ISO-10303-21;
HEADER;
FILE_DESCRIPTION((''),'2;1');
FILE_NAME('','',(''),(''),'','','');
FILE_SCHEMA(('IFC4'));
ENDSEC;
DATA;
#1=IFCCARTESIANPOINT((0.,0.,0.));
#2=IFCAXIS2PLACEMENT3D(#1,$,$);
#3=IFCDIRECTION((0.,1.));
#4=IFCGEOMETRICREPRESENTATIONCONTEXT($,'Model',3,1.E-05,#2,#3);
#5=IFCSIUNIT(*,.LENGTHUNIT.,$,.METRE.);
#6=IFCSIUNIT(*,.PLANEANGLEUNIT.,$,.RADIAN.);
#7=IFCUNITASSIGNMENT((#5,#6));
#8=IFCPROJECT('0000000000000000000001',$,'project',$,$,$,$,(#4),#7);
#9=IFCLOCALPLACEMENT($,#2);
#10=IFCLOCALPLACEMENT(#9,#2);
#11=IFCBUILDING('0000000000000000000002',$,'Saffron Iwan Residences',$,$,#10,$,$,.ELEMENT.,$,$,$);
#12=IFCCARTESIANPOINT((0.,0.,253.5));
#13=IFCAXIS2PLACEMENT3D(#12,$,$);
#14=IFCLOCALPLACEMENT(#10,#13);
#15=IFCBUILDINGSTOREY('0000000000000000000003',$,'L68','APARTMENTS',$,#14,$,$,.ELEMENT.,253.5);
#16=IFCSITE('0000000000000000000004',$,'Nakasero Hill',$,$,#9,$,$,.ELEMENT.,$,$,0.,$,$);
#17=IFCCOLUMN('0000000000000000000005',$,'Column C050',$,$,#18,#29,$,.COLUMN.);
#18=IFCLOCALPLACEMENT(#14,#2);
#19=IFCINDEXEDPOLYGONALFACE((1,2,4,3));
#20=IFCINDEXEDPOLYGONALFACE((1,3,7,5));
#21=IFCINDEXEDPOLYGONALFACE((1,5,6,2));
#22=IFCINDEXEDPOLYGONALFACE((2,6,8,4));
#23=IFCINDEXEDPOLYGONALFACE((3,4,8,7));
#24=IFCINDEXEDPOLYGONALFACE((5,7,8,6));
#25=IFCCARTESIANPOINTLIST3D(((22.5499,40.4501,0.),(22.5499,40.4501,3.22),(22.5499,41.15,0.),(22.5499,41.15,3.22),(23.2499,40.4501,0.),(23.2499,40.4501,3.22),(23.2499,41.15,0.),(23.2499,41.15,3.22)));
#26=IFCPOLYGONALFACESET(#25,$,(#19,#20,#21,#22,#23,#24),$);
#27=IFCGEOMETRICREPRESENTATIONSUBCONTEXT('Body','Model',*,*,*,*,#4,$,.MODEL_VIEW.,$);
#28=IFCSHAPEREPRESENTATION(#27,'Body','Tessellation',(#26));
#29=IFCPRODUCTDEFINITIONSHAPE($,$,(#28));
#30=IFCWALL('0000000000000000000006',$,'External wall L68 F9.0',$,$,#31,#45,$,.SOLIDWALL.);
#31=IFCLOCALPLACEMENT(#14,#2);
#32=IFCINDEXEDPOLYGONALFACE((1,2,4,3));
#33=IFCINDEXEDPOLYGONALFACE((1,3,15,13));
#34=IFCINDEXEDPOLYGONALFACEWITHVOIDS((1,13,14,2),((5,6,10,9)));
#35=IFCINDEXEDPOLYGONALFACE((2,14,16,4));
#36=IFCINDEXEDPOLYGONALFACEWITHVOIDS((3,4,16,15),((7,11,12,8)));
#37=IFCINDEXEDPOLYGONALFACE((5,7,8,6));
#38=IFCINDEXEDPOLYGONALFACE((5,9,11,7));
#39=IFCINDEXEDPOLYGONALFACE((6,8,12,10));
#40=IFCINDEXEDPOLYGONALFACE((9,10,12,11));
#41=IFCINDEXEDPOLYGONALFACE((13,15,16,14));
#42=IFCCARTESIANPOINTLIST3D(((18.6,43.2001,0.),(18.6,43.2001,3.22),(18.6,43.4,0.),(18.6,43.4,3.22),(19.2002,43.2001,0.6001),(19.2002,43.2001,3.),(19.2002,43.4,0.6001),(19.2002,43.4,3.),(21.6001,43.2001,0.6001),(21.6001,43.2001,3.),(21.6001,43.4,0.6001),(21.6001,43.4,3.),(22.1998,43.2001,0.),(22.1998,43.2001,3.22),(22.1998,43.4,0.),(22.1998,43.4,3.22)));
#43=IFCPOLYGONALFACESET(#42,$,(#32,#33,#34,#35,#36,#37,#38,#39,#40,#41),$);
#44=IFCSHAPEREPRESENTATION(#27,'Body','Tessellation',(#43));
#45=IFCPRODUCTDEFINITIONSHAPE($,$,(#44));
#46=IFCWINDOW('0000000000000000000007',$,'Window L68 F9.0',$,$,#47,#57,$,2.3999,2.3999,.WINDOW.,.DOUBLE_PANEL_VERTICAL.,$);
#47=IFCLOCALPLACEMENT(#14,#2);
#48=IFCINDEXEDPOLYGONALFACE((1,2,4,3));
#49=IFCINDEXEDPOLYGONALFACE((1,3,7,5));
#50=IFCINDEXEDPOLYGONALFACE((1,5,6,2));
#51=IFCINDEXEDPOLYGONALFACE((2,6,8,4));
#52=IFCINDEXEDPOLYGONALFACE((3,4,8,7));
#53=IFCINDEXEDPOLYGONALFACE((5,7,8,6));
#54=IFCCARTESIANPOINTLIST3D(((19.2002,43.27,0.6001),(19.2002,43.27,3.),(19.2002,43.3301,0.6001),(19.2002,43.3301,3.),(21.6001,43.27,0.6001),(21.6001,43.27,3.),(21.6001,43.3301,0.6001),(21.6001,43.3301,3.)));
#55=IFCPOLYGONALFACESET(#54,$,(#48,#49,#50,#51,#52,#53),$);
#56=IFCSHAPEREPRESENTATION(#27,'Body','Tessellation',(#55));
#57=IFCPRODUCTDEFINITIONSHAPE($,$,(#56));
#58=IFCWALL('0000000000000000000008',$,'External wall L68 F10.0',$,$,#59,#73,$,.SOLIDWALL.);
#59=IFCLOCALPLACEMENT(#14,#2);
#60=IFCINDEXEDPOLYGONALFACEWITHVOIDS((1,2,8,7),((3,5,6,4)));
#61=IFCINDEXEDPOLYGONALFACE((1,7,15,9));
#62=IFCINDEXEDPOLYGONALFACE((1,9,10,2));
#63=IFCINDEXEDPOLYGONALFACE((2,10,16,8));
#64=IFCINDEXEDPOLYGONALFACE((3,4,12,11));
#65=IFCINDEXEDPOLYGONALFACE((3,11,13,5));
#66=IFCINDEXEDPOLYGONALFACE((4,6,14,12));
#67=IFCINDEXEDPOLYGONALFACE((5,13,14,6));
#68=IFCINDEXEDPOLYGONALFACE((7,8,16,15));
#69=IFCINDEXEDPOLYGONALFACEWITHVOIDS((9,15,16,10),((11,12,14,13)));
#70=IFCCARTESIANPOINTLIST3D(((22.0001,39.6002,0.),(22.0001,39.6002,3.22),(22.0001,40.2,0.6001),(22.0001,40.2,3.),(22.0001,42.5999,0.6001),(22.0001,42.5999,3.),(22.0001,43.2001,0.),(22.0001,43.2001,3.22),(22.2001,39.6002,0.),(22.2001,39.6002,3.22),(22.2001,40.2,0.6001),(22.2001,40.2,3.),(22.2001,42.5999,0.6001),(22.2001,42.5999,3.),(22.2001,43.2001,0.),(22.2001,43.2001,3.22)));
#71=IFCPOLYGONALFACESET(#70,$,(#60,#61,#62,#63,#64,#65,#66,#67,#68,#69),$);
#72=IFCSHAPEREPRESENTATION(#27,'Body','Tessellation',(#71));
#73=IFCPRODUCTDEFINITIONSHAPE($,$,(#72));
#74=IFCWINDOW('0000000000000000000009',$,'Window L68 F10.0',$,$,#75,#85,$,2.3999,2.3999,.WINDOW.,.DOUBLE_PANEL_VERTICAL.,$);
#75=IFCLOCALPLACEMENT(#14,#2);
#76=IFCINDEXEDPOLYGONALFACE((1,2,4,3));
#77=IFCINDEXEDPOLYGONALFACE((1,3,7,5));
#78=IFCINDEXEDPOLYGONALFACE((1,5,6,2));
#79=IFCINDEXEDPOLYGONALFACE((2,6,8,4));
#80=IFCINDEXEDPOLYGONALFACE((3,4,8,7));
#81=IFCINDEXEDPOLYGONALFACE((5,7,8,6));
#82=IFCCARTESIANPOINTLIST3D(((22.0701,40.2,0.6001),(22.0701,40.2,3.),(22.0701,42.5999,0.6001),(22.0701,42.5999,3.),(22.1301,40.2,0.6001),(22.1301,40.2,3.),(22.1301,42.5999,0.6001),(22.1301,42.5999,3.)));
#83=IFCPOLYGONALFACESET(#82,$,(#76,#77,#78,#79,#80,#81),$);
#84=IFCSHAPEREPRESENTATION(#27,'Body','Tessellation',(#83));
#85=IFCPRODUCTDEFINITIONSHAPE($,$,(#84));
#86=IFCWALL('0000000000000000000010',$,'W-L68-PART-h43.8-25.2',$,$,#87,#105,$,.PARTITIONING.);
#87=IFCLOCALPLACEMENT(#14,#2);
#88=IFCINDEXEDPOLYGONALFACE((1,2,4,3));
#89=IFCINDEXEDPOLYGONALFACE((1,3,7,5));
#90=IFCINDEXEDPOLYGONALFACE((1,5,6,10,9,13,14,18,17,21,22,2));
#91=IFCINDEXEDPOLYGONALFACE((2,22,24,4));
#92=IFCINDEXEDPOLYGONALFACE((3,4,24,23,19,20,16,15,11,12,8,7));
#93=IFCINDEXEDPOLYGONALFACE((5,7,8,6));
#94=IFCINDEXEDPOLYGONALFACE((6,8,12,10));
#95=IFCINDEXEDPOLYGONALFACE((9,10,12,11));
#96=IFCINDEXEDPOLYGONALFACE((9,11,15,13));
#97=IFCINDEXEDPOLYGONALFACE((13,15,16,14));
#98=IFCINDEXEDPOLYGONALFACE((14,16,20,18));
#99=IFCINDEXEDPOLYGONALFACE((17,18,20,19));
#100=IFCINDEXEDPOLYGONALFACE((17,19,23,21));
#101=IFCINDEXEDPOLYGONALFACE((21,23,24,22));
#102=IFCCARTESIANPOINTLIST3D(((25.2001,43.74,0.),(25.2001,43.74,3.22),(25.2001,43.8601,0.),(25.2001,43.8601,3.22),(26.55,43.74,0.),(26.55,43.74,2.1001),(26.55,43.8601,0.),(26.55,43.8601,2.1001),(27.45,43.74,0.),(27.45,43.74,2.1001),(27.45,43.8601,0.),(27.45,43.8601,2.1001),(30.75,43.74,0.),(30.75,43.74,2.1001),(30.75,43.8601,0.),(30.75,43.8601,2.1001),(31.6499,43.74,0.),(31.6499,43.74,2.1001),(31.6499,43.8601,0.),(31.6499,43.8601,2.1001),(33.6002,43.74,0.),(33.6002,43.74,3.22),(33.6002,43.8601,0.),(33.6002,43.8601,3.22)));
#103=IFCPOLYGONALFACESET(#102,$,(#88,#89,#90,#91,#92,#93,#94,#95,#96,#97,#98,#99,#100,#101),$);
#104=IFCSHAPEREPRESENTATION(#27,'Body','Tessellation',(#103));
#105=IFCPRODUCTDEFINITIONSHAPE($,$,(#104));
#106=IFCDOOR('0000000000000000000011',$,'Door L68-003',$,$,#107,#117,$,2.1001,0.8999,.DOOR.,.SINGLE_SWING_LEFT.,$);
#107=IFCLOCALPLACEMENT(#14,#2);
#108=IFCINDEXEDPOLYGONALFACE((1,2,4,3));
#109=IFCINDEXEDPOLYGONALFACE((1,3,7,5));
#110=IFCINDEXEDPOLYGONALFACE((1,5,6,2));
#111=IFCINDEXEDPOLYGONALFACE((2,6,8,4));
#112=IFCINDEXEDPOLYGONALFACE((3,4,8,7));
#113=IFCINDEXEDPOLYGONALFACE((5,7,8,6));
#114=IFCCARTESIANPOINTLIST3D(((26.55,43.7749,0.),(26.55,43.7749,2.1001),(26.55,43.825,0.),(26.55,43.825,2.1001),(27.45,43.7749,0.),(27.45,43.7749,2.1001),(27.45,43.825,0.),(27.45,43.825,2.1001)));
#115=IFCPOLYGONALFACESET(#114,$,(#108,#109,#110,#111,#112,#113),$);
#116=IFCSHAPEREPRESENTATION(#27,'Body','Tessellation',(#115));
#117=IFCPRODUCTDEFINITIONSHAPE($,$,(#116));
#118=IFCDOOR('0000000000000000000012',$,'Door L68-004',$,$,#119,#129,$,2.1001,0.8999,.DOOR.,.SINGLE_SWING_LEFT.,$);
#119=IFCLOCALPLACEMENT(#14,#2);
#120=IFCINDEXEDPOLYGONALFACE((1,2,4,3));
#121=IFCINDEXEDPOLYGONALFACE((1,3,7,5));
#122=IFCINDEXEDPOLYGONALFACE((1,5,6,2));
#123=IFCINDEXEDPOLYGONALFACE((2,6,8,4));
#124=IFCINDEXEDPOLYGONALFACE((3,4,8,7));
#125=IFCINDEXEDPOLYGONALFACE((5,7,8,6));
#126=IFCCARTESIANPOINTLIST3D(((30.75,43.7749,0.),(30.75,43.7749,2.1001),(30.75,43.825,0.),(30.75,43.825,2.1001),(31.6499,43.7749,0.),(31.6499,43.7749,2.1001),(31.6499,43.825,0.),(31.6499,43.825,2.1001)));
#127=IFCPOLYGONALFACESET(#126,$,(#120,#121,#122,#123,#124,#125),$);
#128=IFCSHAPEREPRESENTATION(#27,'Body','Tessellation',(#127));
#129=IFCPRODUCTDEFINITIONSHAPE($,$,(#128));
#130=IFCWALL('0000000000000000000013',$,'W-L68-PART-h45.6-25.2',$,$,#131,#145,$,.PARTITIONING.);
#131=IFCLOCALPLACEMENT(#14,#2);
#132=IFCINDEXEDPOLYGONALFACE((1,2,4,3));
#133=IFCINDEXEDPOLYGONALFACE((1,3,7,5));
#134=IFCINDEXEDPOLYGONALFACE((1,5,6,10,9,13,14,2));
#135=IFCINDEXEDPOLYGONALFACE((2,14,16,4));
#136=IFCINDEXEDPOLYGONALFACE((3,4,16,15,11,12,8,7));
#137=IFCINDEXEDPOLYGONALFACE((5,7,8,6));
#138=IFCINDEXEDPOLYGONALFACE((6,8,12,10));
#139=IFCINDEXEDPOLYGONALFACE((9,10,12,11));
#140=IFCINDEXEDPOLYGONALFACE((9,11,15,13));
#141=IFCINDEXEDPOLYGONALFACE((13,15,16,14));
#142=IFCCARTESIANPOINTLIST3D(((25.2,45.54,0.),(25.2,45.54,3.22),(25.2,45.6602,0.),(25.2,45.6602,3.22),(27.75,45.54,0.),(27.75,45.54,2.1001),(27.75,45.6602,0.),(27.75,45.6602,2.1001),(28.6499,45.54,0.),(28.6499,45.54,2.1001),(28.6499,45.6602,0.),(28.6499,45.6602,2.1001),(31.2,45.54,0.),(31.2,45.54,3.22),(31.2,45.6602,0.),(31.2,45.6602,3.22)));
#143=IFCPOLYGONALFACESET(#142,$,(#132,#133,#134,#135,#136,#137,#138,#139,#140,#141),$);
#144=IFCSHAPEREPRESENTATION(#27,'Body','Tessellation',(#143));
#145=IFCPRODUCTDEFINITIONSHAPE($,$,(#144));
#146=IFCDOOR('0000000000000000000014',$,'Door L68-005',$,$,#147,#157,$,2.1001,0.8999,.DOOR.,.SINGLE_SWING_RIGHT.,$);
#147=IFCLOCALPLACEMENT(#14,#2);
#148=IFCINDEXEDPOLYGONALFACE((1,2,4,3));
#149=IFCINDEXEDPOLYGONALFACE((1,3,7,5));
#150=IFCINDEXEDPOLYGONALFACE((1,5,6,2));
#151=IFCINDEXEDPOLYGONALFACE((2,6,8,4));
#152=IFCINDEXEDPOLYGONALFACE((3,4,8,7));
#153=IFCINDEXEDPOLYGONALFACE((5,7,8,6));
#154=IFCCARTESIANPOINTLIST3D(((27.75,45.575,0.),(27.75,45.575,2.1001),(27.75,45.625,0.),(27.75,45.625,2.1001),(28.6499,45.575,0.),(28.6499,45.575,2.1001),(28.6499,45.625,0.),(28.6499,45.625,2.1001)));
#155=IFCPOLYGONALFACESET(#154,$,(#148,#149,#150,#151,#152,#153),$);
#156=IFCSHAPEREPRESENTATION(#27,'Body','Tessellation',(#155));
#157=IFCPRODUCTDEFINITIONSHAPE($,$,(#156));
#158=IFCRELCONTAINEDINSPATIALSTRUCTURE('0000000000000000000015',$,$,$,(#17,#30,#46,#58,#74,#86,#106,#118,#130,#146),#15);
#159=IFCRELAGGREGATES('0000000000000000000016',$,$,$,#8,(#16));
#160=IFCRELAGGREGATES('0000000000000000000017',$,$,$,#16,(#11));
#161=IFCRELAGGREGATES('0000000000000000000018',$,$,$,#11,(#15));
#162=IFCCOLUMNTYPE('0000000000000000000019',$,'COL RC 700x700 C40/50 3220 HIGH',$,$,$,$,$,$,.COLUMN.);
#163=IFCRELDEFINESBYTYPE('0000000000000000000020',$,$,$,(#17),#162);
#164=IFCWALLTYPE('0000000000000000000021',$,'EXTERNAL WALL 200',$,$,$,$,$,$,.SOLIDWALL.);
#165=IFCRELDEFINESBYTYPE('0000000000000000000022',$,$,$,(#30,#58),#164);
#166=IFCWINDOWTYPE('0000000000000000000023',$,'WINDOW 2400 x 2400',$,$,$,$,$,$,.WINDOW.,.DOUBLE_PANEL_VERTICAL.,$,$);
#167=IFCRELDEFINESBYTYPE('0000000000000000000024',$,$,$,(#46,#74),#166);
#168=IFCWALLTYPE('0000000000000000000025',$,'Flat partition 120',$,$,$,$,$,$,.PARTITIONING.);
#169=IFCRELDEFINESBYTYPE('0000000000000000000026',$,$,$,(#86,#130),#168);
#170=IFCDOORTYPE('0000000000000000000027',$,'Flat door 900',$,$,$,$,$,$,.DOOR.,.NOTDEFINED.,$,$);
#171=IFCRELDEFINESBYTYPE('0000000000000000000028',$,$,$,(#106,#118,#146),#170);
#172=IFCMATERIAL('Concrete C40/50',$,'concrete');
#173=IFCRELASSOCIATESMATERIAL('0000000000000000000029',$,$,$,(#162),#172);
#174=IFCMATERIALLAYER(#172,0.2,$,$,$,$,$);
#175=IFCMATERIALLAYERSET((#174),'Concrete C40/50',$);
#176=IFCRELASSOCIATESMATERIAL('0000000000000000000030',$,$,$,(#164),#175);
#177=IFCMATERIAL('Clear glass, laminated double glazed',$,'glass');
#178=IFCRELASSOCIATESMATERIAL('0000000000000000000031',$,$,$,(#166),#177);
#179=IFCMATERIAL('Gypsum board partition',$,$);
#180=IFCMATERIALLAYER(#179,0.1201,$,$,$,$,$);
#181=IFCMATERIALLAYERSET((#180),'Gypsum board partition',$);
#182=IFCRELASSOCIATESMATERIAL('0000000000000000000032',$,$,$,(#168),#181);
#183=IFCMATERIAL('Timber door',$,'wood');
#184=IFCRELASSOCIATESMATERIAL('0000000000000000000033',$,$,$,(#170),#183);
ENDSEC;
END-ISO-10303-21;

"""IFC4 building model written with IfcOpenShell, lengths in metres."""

from ifc_helpers import new_model, si_unit, direction, frame, frame_2d, origin, origin_2d, place, context, subcontext, project, spatial, rectangle, extrude, source, transform, mapped, material, layer, layer_set, material_profile, profile_set, type_object, element, fill, save


model = new_model("IFC4")

# Units and contexts
model_context = context("Model", 3, precision=1e-05, world=origin(), true_north=direction((0.0, 1.0)))
body_context = subcontext(model_context, "Body", "Model", "MODEL_VIEW")
ifc_project = project(units=[si_unit("LENGTHUNIT", "METRE"), si_unit("PLANEANGLEUNIT", "RADIAN")], contexts=[model_context])

# Site, building, storey
site_placement = place(None, origin())
site = spatial("IfcSite", under=ifc_project, at=site_placement, Name="Nakasero Hill", CompositionType="ELEMENT", RefElevation=0.0)
building_placement = place(site_placement, origin())
building = spatial("IfcBuilding", under=site, at=building_placement, Name="Saffron Iwan Residences", CompositionType="ELEMENT")
storey_placement = place(building_placement, frame((0.0, 0.0, 253.5)))
storey = spatial("IfcBuildingStorey", under=building, at=storey_placement, Name="L68", Description="APARTMENTS", CompositionType="ELEMENT", Elevation=253.5)

# Column
ifc_material_1 = material(Name="Concrete C40/50", Category="concrete")
ifc_material_profile = material_profile(ifc_material_1, rectangle(XDim=0.7, YDim=0.7, at=origin_2d()), Name="RC 700x700")
ifc_profile_set = profile_set([ifc_material_profile], Name="Concrete C40/50")
column_type = type_object("IfcColumnType", Name="COL RC 700x700 C40/50 3220 HIGH", PredefinedType="COLUMN", material=ifc_profile_set)
shared_shape = source(origin(), body_context, "Body", "SweptSolid", [
    extrude(rectangle(XDim=0.7, YDim=0.7, at=origin_2d()), origin(), (0.0, 0.0, 1.0), 3.22),
])
column_placement = place(storey_placement, frame((22.8999, 40.8, 0.0), z_axis=(0.0, 0.0, 1.0), x_axis=(1.0, 0.0, 0.0)))
element("IfcColumn", 1, at=column_placement, inside=storey, type_object=column_type, Name="Column C050", PredefinedType="COLUMN", context=body_context, shape_type="MappedRepresentation", body=[
    mapped(shared_shape, transform((0.0, 0.0, 0.0))),
])

# Walls, openings, windows
ifc_layer_1 = layer(ifc_material_1, 0.2)
ifc_layer_set_1 = layer_set([ifc_layer_1], Name="Concrete C40/50")
wall_type_1 = type_object("IfcWallType", Name="EXTERNAL WALL 200", PredefinedType="SOLIDWALL", material=ifc_layer_set_1)
wall_1_placement = place(storey_placement, frame((18.6001, 43.3, 0.0), z_axis=(0.0, 0.0, 1.0), x_axis=(1.0, 0.0, 0.0)))
wall_1 = element("IfcWall", 2, at=wall_1_placement, inside=storey, type_object=wall_type_1, Name="External wall L68 F9.0", PredefinedType="SOLIDWALL", context=body_context, shape_type="SweptSolid", body=[
    extrude(rectangle(XDim=3.5999, YDim=0.2, at=frame_2d((1.7998, 0.0))), origin(), (0.0, 0.0, 1.0), 3.22),
])
opening_1_placement = place(wall_1_placement, frame((0.6001, 0.0, 0.6001)))
opening_1 = element("IfcOpeningElement", 3, at=opening_1_placement, cuts=wall_1, PredefinedType="OPENING", context=body_context, shape_type="SweptSolid", body=[
    extrude(rectangle(XDim=2.3999, YDim=2.3999, at=frame_2d((1.2, 1.2))), frame((0.0, 0.1099, 0.0), z_axis=(0.0, -1.0, 0.0), x_axis=(1.0, 0.0, 0.0)), (0.0, 0.0, 1.0), 0.22),
])
ifc_material_2 = material(Name="Clear glass, laminated double glazed", Category="glass")
window_type = type_object("IfcWindowType", Name="WINDOW 2400 x 2400", PartitioningType="DOUBLE_PANEL_VERTICAL", PredefinedType="WINDOW", material=ifc_material_2)
window_1_placement = place(opening_1_placement, origin())
window_1 = element("IfcWindow", 4, at=window_1_placement, inside=storey, type_object=window_type, Name="Window L68 F9.0", OverallHeight=2.3999, OverallWidth=2.3999, PartitioningType="DOUBLE_PANEL_VERTICAL", PredefinedType="WINDOW", context=body_context, shape_type="SweptSolid", body=[
    extrude(rectangle(XDim=2.3999, YDim=2.3999, at=frame_2d((1.2, 1.2))), frame((0.0, 0.03, 0.0), z_axis=(0.0, -1.0, 0.0), x_axis=(1.0, 0.0, 0.0)), (0.0, 0.0, 1.0), 0.0601),
])
fill(opening_1, window_1)
wall_2_placement = place(storey_placement, frame((22.1001, 43.2, 0.0), z_axis=(0.0, 0.0, 1.0), x_axis=(0.0, -1.0, 0.0)))
wall_2 = element("IfcWall", 5, at=wall_2_placement, inside=storey, type_object=wall_type_1, Name="External wall L68 F10.0", PredefinedType="SOLIDWALL", context=body_context, shape_type="SweptSolid", body=[
    extrude(rectangle(XDim=3.5999, YDim=0.2, at=frame_2d((1.7998, 0.0))), origin(), (0.0, 0.0, 1.0), 3.22),
])
opening_2_placement = place(wall_2_placement, frame((0.6001, 0.0, 0.6001)))
opening_2 = element("IfcOpeningElement", 6, at=opening_2_placement, cuts=wall_2, PredefinedType="OPENING", context=body_context, shape_type="SweptSolid", body=[
    extrude(rectangle(XDim=2.3999, YDim=2.3999, at=frame_2d((1.2, 1.2))), frame((0.0, 0.1099, 0.0), z_axis=(0.0, -1.0, 0.0), x_axis=(1.0, 0.0, 0.0)), (0.0, 0.0, 1.0), 0.22),
])
window_2_placement = place(opening_2_placement, origin())
window_2 = element("IfcWindow", 7, at=window_2_placement, inside=storey, type_object=window_type, Name="Window L68 F10.0", OverallHeight=2.3999, OverallWidth=2.3999, PartitioningType="DOUBLE_PANEL_VERTICAL", PredefinedType="WINDOW", context=body_context, shape_type="SweptSolid", body=[
    extrude(rectangle(XDim=2.3999, YDim=2.3999, at=frame_2d((1.2, 1.2))), frame((0.0, 0.03, 0.0), z_axis=(0.0, -1.0, 0.0), x_axis=(1.0, 0.0, 0.0)), (0.0, 0.0, 1.0), 0.0601),
])
fill(opening_2, window_2)

# Wall, openings, doors
ifc_material_3 = material(Name="Gypsum board partition")
ifc_layer_2 = layer(ifc_material_3, 0.1201)
ifc_layer_set_2 = layer_set([ifc_layer_2], Name="Gypsum board partition")
wall_type_2 = type_object("IfcWallType", Name="Flat partition 120", PredefinedType="PARTITIONING", material=ifc_layer_set_2)
wall_3_placement = place(storey_placement, frame((25.2, 43.8, 0.0), z_axis=(0.0, 0.0, 1.0), x_axis=(1.0, 0.0, 0.0)))
wall_3 = element("IfcWall", 8, at=wall_3_placement, inside=storey, type_object=wall_type_2, Name="W-L68-PART-h43.8-25.2", PredefinedType="PARTITIONING", context=body_context, shape_type="SweptSolid", body=[
    extrude(rectangle(XDim=8.4001, YDim=0.1201, at=frame_2d((4.2002, 0.0))), origin(), (0.0, 0.0, 1.0), 3.22),
])
opening_3_placement = place(wall_3_placement, frame((1.3501, 0.0, 0.0)))
opening_3 = element("IfcOpeningElement", 9, at=opening_3_placement, cuts=wall_3, PredefinedType="OPENING", context=body_context, shape_type="SweptSolid", body=[
    extrude(rectangle(XDim=0.8999, YDim=2.1001, at=frame_2d((0.45, 1.05))), frame((0.0, 0.0701, 0.0), z_axis=(0.0, -1.0, 0.0), x_axis=(1.0, 0.0, 0.0)), (0.0, 0.0, 1.0), 0.1401),
])
opening_4_placement = place(wall_3_placement, frame((5.55, 0.0, 0.0)))
opening_4 = element("IfcOpeningElement", 10, at=opening_4_placement, cuts=wall_3, PredefinedType="OPENING", context=body_context, shape_type="SweptSolid", body=[
    extrude(rectangle(XDim=0.8999, YDim=2.1001, at=frame_2d((0.45, 1.05))), frame((0.0, 0.0701, 0.0), z_axis=(0.0, -1.0, 0.0), x_axis=(1.0, 0.0, 0.0)), (0.0, 0.0, 1.0), 0.1401),
])
ifc_material_4 = material(Name="Timber door", Category="wood")
door_type = type_object("IfcDoorType", Name="Flat door 900", OperationType="NOTDEFINED", PredefinedType="DOOR", material=ifc_material_4)
door_1_placement = place(opening_3_placement, origin())
door_1 = element("IfcDoor", 11, at=door_1_placement, inside=storey, type_object=door_type, Name="Door L68-003", OperationType="SINGLE_SWING_LEFT", OverallHeight=2.1001, OverallWidth=0.8999, PredefinedType="DOOR", context=body_context, shape_type="SweptSolid", body=[
    extrude(rectangle(XDim=0.8999, YDim=2.1001, at=frame_2d((0.45, 1.05))), frame((0.0, 0.0249, 0.0), z_axis=(0.0, -1.0, 0.0), x_axis=(1.0, 0.0, 0.0)), (0.0, 0.0, 1.0), 0.05),
])
fill(opening_3, door_1)
door_2_placement = place(opening_4_placement, origin())
door_2 = element("IfcDoor", 12, at=door_2_placement, inside=storey, type_object=door_type, Name="Door L68-004", OperationType="SINGLE_SWING_LEFT", OverallHeight=2.1001, OverallWidth=0.8999, PredefinedType="DOOR", context=body_context, shape_type="SweptSolid", body=[
    extrude(rectangle(XDim=0.8999, YDim=2.1001, at=frame_2d((0.45, 1.05))), frame((0.0, 0.0249, 0.0), z_axis=(0.0, -1.0, 0.0), x_axis=(1.0, 0.0, 0.0)), (0.0, 0.0, 1.0), 0.05),
])
fill(opening_4, door_2)

# Wall, opening, door
wall_4_placement = place(storey_placement, frame((25.2, 45.6001, 0.0), z_axis=(0.0, 0.0, 1.0), x_axis=(1.0, 0.0, 0.0)))
wall_4 = element("IfcWall", 13, at=wall_4_placement, inside=storey, type_object=wall_type_2, Name="W-L68-PART-h45.6-25.2", PredefinedType="PARTITIONING", context=body_context, shape_type="SweptSolid", body=[
    extrude(rectangle(XDim=6.0, YDim=0.1201, at=frame_2d((3.0, 0.0))), origin(), (0.0, 0.0, 1.0), 3.22),
])
opening_5_placement = place(wall_4_placement, frame((2.55, 0.0, 0.0)))
opening_5 = element("IfcOpeningElement", 14, at=opening_5_placement, cuts=wall_4, PredefinedType="OPENING", context=body_context, shape_type="SweptSolid", body=[
    extrude(rectangle(XDim=0.8999, YDim=2.1001, at=frame_2d((0.45, 1.05))), frame((0.0, 0.0701, 0.0), z_axis=(0.0, -1.0, 0.0), x_axis=(1.0, 0.0, 0.0)), (0.0, 0.0, 1.0), 0.1401),
])
door_3_placement = place(opening_5_placement, origin())
door_3 = element("IfcDoor", 15, at=door_3_placement, inside=storey, type_object=door_type, Name="Door L68-005", OperationType="SINGLE_SWING_RIGHT", OverallHeight=2.1001, OverallWidth=0.8999, PredefinedType="DOOR", context=body_context, shape_type="SweptSolid", body=[
    extrude(rectangle(XDim=0.8999, YDim=2.1001, at=frame_2d((0.45, 1.05))), frame((0.0, 0.0249, 0.0), z_axis=(0.0, -1.0, 0.0), x_axis=(1.0, 0.0, 0.0)), (0.0, 0.0, 1.0), 0.05),
])
fill(opening_5, door_3)

save(model, "model.ifc")
